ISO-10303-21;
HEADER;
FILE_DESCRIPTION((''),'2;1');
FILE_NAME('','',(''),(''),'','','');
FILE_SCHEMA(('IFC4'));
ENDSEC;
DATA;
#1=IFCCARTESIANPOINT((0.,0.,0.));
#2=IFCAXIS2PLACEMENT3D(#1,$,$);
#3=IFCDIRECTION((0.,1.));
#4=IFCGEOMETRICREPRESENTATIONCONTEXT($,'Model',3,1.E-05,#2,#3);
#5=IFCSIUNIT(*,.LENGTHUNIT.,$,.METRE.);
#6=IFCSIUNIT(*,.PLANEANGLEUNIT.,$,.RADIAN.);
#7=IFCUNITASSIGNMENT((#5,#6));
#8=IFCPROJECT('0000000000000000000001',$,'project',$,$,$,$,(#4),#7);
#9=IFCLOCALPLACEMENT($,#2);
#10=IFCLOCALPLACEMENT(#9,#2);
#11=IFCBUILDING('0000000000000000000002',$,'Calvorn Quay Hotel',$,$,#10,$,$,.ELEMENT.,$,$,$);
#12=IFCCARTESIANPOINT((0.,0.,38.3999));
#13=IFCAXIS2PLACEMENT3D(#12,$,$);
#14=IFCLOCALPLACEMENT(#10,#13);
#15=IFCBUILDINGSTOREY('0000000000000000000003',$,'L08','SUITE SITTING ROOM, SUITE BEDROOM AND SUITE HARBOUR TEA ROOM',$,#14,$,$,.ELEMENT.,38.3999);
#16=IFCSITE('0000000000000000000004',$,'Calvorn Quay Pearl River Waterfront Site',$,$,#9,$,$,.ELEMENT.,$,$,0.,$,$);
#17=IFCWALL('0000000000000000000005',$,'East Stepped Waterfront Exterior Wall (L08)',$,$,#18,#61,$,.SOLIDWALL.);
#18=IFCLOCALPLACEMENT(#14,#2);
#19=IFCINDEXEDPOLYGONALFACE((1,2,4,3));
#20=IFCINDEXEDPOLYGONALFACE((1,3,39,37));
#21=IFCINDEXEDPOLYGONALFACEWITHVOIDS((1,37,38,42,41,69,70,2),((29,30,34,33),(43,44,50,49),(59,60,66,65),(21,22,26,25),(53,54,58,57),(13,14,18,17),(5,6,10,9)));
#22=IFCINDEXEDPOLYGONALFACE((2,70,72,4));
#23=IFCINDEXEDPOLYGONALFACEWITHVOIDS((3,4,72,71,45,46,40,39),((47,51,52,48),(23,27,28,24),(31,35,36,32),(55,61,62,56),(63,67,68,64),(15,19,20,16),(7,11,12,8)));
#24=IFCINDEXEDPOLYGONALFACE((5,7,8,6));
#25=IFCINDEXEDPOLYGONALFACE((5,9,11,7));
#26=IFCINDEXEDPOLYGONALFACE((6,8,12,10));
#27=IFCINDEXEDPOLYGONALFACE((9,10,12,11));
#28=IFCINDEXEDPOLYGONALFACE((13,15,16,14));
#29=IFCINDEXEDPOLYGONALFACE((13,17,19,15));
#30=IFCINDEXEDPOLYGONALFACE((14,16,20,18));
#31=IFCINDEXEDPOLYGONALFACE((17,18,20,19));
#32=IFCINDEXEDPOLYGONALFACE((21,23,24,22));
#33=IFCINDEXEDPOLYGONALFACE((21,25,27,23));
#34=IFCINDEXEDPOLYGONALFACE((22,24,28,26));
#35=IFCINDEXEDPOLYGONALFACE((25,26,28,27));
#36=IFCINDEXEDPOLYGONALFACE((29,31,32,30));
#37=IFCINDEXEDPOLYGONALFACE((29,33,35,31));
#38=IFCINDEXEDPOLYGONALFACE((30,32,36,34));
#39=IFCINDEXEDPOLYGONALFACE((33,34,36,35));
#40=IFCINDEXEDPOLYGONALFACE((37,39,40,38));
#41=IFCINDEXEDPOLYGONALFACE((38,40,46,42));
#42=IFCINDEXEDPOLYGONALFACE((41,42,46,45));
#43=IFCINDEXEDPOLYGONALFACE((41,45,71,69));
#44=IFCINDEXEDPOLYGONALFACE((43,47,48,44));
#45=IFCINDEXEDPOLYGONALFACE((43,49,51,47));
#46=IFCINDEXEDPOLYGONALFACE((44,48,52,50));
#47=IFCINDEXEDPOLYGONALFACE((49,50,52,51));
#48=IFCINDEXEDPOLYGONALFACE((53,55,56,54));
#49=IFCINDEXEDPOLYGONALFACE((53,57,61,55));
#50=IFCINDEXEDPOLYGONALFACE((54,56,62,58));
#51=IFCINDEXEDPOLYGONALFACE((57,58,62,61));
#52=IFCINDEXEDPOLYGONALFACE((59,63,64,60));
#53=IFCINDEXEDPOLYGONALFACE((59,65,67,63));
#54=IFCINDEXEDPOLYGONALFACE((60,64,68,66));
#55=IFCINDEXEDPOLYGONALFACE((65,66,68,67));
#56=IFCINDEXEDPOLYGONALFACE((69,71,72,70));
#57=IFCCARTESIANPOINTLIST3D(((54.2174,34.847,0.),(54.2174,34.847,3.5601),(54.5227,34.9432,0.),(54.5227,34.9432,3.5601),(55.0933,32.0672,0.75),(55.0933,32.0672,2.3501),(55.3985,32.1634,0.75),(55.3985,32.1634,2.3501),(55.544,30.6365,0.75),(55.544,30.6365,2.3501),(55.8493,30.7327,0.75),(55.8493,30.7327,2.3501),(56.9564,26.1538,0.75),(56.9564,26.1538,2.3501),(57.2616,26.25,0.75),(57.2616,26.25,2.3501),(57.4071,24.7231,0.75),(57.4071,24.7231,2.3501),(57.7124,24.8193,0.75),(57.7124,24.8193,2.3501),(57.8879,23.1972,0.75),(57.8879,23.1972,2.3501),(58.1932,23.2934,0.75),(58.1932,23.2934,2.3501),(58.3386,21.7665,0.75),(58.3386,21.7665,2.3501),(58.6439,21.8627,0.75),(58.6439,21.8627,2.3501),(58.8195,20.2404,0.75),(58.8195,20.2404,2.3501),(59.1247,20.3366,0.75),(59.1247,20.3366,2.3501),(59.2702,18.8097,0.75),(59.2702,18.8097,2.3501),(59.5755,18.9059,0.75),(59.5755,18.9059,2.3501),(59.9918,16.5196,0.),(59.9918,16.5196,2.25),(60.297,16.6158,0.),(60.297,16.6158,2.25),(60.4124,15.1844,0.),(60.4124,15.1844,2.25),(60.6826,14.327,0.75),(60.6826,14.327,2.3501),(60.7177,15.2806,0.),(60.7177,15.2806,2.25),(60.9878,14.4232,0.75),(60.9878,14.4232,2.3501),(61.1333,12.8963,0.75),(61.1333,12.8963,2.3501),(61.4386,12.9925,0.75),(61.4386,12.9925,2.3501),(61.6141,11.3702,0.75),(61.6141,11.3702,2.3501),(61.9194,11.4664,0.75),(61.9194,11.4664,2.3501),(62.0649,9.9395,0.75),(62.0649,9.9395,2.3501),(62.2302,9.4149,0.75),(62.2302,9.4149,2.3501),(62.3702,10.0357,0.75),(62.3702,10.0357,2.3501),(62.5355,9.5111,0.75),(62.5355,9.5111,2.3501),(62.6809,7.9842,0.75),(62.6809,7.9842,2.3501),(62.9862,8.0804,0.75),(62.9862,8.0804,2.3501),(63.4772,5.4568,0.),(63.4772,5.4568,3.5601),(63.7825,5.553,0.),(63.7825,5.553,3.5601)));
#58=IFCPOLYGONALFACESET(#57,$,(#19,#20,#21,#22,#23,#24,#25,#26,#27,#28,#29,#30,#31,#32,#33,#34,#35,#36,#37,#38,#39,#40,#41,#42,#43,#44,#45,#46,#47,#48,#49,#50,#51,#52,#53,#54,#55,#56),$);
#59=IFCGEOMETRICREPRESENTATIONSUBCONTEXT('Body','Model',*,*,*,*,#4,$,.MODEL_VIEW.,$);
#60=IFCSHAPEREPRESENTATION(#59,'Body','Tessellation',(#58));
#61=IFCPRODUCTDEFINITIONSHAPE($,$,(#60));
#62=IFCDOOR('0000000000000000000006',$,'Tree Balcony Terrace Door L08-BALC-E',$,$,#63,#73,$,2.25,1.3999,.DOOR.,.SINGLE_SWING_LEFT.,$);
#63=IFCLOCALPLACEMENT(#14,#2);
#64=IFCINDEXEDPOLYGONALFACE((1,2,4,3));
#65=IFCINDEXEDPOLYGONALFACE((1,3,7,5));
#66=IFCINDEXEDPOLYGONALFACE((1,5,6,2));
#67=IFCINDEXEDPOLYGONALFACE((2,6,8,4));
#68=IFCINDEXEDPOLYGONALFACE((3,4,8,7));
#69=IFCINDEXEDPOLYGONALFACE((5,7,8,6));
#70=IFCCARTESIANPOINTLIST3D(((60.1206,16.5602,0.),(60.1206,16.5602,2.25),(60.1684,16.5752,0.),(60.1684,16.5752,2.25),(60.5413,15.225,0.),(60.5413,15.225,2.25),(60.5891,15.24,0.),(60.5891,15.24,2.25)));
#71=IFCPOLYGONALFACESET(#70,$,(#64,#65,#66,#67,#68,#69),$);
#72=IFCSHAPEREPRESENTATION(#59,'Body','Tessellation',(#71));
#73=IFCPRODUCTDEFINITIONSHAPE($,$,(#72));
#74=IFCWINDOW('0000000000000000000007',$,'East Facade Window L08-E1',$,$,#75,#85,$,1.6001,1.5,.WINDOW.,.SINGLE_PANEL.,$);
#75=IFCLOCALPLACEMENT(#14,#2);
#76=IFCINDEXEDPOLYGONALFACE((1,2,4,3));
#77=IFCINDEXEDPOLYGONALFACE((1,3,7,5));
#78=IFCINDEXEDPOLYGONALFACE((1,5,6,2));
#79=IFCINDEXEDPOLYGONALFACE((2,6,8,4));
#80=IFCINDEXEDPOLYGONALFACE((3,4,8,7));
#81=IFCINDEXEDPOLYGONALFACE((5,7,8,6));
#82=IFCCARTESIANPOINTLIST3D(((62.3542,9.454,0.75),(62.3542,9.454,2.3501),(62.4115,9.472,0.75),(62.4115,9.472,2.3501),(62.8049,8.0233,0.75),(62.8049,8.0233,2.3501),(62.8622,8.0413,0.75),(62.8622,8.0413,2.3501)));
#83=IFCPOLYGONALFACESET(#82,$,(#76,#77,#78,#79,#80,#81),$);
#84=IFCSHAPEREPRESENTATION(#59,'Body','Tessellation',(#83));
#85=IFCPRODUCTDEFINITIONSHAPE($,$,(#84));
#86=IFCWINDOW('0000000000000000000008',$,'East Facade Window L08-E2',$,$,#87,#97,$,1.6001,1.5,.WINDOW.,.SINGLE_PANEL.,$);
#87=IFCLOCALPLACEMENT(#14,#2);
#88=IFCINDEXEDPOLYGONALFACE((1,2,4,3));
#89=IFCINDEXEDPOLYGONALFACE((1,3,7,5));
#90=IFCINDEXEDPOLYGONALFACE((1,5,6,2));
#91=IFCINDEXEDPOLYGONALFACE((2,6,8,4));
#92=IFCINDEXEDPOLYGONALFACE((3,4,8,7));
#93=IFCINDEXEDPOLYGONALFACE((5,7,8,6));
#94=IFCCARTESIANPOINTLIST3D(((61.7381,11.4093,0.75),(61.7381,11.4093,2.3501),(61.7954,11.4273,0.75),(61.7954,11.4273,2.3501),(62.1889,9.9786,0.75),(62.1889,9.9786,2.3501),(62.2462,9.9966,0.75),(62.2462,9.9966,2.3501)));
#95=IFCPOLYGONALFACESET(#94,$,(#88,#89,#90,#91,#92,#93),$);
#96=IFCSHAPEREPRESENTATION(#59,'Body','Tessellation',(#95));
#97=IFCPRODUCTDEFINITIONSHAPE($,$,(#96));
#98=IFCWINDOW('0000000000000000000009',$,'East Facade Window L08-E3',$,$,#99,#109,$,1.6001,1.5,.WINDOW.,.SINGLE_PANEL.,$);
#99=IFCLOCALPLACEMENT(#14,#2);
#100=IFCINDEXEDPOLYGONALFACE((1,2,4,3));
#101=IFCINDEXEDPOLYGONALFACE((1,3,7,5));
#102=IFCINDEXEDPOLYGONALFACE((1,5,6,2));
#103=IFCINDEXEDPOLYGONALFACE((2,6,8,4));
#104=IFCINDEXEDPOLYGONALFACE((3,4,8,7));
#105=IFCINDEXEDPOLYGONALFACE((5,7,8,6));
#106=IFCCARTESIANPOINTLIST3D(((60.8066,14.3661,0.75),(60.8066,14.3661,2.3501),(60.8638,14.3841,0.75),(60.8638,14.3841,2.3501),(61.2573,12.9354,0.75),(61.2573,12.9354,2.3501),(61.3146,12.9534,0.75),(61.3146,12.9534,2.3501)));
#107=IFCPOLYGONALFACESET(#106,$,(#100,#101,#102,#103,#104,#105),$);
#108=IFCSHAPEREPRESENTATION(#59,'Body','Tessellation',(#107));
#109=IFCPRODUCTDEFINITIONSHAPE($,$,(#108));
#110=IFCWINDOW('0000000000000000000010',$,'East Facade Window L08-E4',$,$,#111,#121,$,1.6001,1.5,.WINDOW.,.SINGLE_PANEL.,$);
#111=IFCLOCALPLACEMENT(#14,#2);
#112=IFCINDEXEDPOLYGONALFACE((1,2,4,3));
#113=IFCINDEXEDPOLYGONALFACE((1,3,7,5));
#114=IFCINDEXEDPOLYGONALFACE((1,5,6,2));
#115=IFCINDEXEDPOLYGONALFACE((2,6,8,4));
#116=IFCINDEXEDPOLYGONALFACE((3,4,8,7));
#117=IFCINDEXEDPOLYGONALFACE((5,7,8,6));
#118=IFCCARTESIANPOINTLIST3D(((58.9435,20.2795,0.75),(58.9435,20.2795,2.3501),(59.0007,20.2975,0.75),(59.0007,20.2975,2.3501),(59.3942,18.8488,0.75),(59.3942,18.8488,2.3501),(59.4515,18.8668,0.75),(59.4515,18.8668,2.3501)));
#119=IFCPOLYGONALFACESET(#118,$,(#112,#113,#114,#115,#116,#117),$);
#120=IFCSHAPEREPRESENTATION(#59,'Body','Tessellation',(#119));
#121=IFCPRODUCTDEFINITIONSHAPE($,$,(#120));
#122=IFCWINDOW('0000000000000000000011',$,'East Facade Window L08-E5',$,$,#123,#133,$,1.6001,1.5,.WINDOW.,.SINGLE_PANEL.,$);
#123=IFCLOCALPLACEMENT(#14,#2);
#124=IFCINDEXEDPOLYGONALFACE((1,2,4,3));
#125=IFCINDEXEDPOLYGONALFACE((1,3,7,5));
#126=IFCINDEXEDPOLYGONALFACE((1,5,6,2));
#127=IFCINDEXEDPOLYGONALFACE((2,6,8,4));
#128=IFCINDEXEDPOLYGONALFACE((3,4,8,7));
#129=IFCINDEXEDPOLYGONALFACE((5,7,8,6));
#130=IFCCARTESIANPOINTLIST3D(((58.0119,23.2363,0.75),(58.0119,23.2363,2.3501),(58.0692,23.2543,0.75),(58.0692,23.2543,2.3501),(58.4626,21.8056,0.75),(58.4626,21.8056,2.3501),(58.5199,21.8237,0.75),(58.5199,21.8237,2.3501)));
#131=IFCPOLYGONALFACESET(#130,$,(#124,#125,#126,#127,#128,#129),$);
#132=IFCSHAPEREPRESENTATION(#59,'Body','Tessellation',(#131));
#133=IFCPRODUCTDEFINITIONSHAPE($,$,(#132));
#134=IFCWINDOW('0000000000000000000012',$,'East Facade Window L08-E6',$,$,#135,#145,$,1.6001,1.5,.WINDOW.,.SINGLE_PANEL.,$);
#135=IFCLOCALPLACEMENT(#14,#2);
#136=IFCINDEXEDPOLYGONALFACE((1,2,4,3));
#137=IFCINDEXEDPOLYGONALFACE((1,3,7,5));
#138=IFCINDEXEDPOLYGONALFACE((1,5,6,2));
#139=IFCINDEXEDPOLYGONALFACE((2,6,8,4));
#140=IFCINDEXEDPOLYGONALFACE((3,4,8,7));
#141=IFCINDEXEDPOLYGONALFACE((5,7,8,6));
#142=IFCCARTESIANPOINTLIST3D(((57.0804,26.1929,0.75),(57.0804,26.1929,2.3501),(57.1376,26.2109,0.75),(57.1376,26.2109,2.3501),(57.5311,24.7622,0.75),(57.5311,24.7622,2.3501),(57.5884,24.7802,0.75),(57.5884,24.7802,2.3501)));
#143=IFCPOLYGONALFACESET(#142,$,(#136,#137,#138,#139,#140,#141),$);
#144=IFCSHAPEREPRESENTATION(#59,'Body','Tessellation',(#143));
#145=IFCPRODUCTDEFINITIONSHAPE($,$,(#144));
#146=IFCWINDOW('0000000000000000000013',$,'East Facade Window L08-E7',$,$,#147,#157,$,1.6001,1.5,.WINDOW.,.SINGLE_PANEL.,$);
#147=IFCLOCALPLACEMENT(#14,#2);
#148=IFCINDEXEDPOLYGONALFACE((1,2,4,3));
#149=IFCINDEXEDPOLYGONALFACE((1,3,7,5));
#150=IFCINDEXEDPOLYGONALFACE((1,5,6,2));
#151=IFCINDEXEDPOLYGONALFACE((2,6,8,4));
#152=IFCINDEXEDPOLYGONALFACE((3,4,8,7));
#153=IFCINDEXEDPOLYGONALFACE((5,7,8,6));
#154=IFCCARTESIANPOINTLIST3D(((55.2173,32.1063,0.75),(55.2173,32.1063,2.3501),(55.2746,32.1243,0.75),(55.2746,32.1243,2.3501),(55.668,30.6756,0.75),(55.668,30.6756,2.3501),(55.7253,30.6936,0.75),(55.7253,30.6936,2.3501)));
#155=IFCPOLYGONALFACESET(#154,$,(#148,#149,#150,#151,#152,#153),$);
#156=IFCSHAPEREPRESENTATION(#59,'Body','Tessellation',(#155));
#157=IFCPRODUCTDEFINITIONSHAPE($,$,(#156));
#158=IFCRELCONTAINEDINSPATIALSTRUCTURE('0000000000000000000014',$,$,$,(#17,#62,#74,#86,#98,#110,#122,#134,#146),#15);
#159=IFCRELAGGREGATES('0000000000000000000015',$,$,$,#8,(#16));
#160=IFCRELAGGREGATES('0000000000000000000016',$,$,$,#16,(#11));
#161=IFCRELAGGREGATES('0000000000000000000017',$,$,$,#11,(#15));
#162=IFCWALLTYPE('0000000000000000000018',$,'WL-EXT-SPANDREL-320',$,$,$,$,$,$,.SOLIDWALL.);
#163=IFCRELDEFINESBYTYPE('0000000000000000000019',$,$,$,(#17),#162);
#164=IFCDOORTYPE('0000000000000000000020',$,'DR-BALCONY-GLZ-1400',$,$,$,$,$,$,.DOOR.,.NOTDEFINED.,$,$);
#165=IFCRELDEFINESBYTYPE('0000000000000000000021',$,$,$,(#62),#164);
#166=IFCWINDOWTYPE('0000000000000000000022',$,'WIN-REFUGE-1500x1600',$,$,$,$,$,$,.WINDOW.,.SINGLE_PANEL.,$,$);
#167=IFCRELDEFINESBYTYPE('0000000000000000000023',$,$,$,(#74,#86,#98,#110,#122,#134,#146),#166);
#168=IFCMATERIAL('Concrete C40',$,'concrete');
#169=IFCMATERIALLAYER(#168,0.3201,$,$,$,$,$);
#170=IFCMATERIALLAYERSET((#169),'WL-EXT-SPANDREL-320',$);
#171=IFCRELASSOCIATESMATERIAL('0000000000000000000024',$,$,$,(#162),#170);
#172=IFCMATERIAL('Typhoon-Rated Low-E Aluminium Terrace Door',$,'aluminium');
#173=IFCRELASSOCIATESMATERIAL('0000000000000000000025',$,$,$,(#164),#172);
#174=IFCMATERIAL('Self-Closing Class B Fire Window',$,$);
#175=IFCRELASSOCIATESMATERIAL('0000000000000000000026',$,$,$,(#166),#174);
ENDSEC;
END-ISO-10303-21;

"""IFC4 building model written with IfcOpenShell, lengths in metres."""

from ifc_helpers import new_model, si_unit, direction, frame, frame_2d, origin, place, context, subcontext, project, spatial, rectangle, extrude, material, layer, layer_set, type_object, element, fill, save


model = new_model("IFC4")

# Units and contexts
model_context = context("Model", 3, precision=1e-05, world=origin(), true_north=direction((0.0, 1.0)))
body_context = subcontext(model_context, "Body", "Model", "MODEL_VIEW")
ifc_project = project(units=[si_unit("LENGTHUNIT", "METRE"), si_unit("PLANEANGLEUNIT", "RADIAN")], contexts=[model_context])

# Site, building, storey
site_placement = place(None, origin())
site = spatial("IfcSite", under=ifc_project, at=site_placement, Name="Calvorn Quay Pearl River Waterfront Site", CompositionType="ELEMENT", RefElevation=0.0)
building_placement = place(site_placement, origin())
building = spatial("IfcBuilding", under=site, at=building_placement, Name="Calvorn Quay Hotel", CompositionType="ELEMENT")
storey_placement = place(building_placement, frame((0.0, 0.0, 38.3999)))
storey = spatial("IfcBuildingStorey", under=building, at=storey_placement, Name="L08", Description="SUITE SITTING ROOM, SUITE BEDROOM AND SUITE HARBOUR TEA ROOM", CompositionType="ELEMENT", Elevation=38.3999)

# Shared definitions
ifc_material_1 = material(Name="Concrete C40", Category="concrete")
ifc_layer_1 = layer(ifc_material_1, 0.3201)
ifc_layer_set_1 = layer_set([ifc_layer_1], Name="WL-EXT-SPANDREL-320")
wall_type = type_object("IfcWallType", Name="WL-EXT-SPANDREL-320", PredefinedType="SOLIDWALL", material=ifc_layer_set_1)

# Wall, openings, door, windows
wall_1_placement = place(storey_placement, frame((63.6299, 5.5049, 0.0), z_axis=(0.0, 0.0, 1.0), x_axis=(-0.300502, 0.953781, 0.0)))
wall_1 = element("IfcWall", 1, at=wall_1_placement, inside=storey, type_object=wall_type, Name="East Stepped Waterfront Exterior Wall (L08)", PredefinedType="SOLIDWALL", context=body_context, shape_type="SweptSolid", body=[
    extrude(rectangle(XDim=30.8145, YDim=0.3201, at=frame_2d((15.4072, 0.0))), origin(), (0.0, 0.0, 1.0), 3.5601),
])
opening_1_placement = place(wall_1_placement, frame((10.199, 0.0, 0.0)))
opening_1 = element("IfcOpeningElement", 2, at=opening_1_placement, cuts=wall_1, PredefinedType="OPENING", context=body_context, shape_type="SweptSolid", body=[
    extrude(rectangle(XDim=1.3999, YDim=2.25, at=frame_2d((0.7, 1.125))), frame((0.0, 0.1699, 0.0), z_axis=(0.0, -1.0, 0.0), x_axis=(1.0, 0.0, 0.0)), (0.0, 0.0, 1.0), 0.3401),
])
opening_2_placement = place(wall_1_placement, frame((2.6499, 0.0, 0.75)))
opening_2 = element("IfcOpeningElement", 3, at=opening_2_placement, cuts=wall_1, PredefinedType="OPENING", context=body_context, shape_type="SweptSolid", body=[
    extrude(rectangle(XDim=1.5, YDim=1.6001, at=frame_2d((0.75, 0.8))), frame((0.0, 0.1699, 0.0), z_axis=(0.0, -1.0, 0.0), x_axis=(1.0, 0.0, 0.0)), (0.0, 0.0, 1.0), 0.3401),
])
opening_3_placement = place(wall_1_placement, frame((4.7, 0.0, 0.75)))
opening_3 = element("IfcOpeningElement", 4, at=opening_3_placement, cuts=wall_1, PredefinedType="OPENING", context=body_context, shape_type="SweptSolid", body=[
    extrude(rectangle(XDim=1.5, YDim=1.6001, at=frame_2d((0.75, 0.8))), frame((0.0, 0.1699, 0.0), z_axis=(0.0, -1.0, 0.0), x_axis=(1.0, 0.0, 0.0)), (0.0, 0.0, 1.0), 0.3401),
])
opening_4_placement = place(wall_1_placement, frame((7.8, 0.0, 0.75)))
opening_4 = element("IfcOpeningElement", 5, at=opening_4_placement, cuts=wall_1, PredefinedType="OPENING", context=body_context, shape_type="SweptSolid", body=[
    extrude(rectangle(XDim=1.5, YDim=1.6001, at=frame_2d((0.75, 0.8))), frame((0.0, 0.1699, 0.0), z_axis=(0.0, -1.0, 0.0), x_axis=(1.0, 0.0, 0.0)), (0.0, 0.0, 1.0), 0.3401),
])
opening_5_placement = place(wall_1_placement, frame((14.0, 0.0, 0.75)))
opening_5 = element("IfcOpeningElement", 6, at=opening_5_placement, cuts=wall_1, PredefinedType="OPENING", context=body_context, shape_type="SweptSolid", body=[
    extrude(rectangle(XDim=1.5, YDim=1.6001, at=frame_2d((0.75, 0.8))), frame((0.0, 0.1699, 0.0), z_axis=(0.0, -1.0, 0.0), x_axis=(1.0, 0.0, 0.0)), (0.0, 0.0, 1.0), 0.3401),
])
opening_6_placement = place(wall_1_placement, frame((17.1001, 0.0, 0.75)))
opening_6 = element("IfcOpeningElement", 7, at=opening_6_placement, cuts=wall_1, PredefinedType="OPENING", context=body_context, shape_type="SweptSolid", body=[
    extrude(rectangle(XDim=1.5, YDim=1.6001, at=frame_2d((0.75, 0.8))), frame((0.0, 0.1699, 0.0), z_axis=(0.0, -1.0, 0.0), x_axis=(1.0, 0.0, 0.0)), (0.0, 0.0, 1.0), 0.3401),
])
opening_7_placement = place(wall_1_placement, frame((20.2, 0.0, 0.75)))
opening_7 = element("IfcOpeningElement", 8, at=opening_7_placement, cuts=wall_1, PredefinedType="OPENING", context=body_context, shape_type="SweptSolid", body=[
    extrude(rectangle(XDim=1.5, YDim=1.6001, at=frame_2d((0.75, 0.8))), frame((0.0, 0.1699, 0.0), z_axis=(0.0, -1.0, 0.0), x_axis=(1.0, 0.0, 0.0)), (0.0, 0.0, 1.0), 0.3401),
])
opening_8_placement = place(wall_1_placement, frame((26.3999, 0.0, 0.75)))
opening_8 = element("IfcOpeningElement", 9, at=opening_8_placement, cuts=wall_1, PredefinedType="OPENING", context=body_context, shape_type="SweptSolid", body=[
    extrude(rectangle(XDim=1.5, YDim=1.6001, at=frame_2d((0.75, 0.8))), frame((0.0, 0.1699, 0.0), z_axis=(0.0, -1.0, 0.0), x_axis=(1.0, 0.0, 0.0)), (0.0, 0.0, 1.0), 0.3401),
])
ifc_material_2 = material(Name="Typhoon-Rated Low-E Aluminium Terrace Door", Category="aluminium")
door_type = type_object("IfcDoorType", Name="DR-BALCONY-GLZ-1400", OperationType="NOTDEFINED", PredefinedType="DOOR", material=ifc_material_2)
door_placement = place(opening_1_placement, origin())
door = element("IfcDoor", 10, at=door_placement, inside=storey, type_object=door_type, Name="Tree Balcony Terrace Door L08-BALC-E", OperationType="SINGLE_SWING_LEFT", OverallHeight=2.25, OverallWidth=1.3999, PredefinedType="DOOR", context=body_context, shape_type="SweptSolid", body=[
    extrude(rectangle(XDim=1.3999, YDim=2.25, at=frame_2d((0.7, 1.125))), frame((0.0, 0.0249, 0.0), z_axis=(0.0, -1.0, 0.0), x_axis=(1.0, 0.0, 0.0)), (0.0, 0.0, 1.0), 0.05),
])
fill(opening_1, door)
ifc_material_3 = material(Name="Self-Closing Class B Fire Window")
window_type = type_object("IfcWindowType", Name="WIN-REFUGE-1500x1600", PartitioningType="SINGLE_PANEL", PredefinedType="WINDOW", material=ifc_material_3)
window_1_placement = place(opening_2_placement, origin())
window_1 = element("IfcWindow", 11, at=window_1_placement, inside=storey, type_object=window_type, Name="East Facade Window L08-E1", OverallHeight=1.6001, OverallWidth=1.5, PartitioningType="SINGLE_PANEL", PredefinedType="WINDOW", context=body_context, shape_type="SweptSolid", body=[
    extrude(rectangle(XDim=1.5, YDim=1.6001, at=frame_2d((0.75, 0.8))), frame((0.0, 0.03, 0.0), z_axis=(0.0, -1.0, 0.0), x_axis=(1.0, 0.0, 0.0)), (0.0, 0.0, 1.0), 0.0601),
])
fill(opening_2, window_1)
window_2_placement = place(opening_3_placement, origin())
window_2 = element("IfcWindow", 12, at=window_2_placement, inside=storey, type_object=window_type, Name="East Facade Window L08-E2", OverallHeight=1.6001, OverallWidth=1.5, PartitioningType="SINGLE_PANEL", PredefinedType="WINDOW", context=body_context, shape_type="SweptSolid", body=[
    extrude(rectangle(XDim=1.5, YDim=1.6001, at=frame_2d((0.75, 0.8))), frame((0.0, 0.03, 0.0), z_axis=(0.0, -1.0, 0.0), x_axis=(1.0, 0.0, 0.0)), (0.0, 0.0, 1.0), 0.0601),
])
fill(opening_3, window_2)
window_3_placement = place(opening_4_placement, origin())
window_3 = element("IfcWindow", 13, at=window_3_placement, inside=storey, type_object=window_type, Name="East Facade Window L08-E3", OverallHeight=1.6001, OverallWidth=1.5, PartitioningType="SINGLE_PANEL", PredefinedType="WINDOW", context=body_context, shape_type="SweptSolid", body=[
    extrude(rectangle(XDim=1.5, YDim=1.6001, at=frame_2d((0.75, 0.8))), frame((0.0, 0.03, 0.0), z_axis=(0.0, -1.0, 0.0), x_axis=(1.0, 0.0, 0.0)), (0.0, 0.0, 1.0), 0.0601),
])
fill(opening_4, window_3)
window_4_placement = place(opening_5_placement, origin())
window_4 = element("IfcWindow", 14, at=window_4_placement, inside=storey, type_object=window_type, Name="East Facade Window L08-E4", OverallHeight=1.6001, OverallWidth=1.5, PartitioningType="SINGLE_PANEL", PredefinedType="WINDOW", context=body_context, shape_type="SweptSolid", body=[
    extrude(rectangle(XDim=1.5, YDim=1.6001, at=frame_2d((0.75, 0.8))), frame((0.0, 0.03, 0.0), z_axis=(0.0, -1.0, 0.0), x_axis=(1.0, 0.0, 0.0)), (0.0, 0.0, 1.0), 0.0601),
])
fill(opening_5, window_4)
window_5_placement = place(opening_6_placement, origin())
window_5 = element("IfcWindow", 15, at=window_5_placement, inside=storey, type_object=window_type, Name="East Facade Window L08-E5", OverallHeight=1.6001, OverallWidth=1.5, PartitioningType="SINGLE_PANEL", PredefinedType="WINDOW", context=body_context, shape_type="SweptSolid", body=[
    extrude(rectangle(XDim=1.5, YDim=1.6001, at=frame_2d((0.75, 0.8))), frame((0.0, 0.03, 0.0), z_axis=(0.0, -1.0, 0.0), x_axis=(1.0, 0.0, 0.0)), (0.0, 0.0, 1.0), 0.0601),
])
fill(opening_6, window_5)
window_6_placement = place(opening_7_placement, origin())
window_6 = element("IfcWindow", 16, at=window_6_placement, inside=storey, type_object=window_type, Name="East Facade Window L08-E6", OverallHeight=1.6001, OverallWidth=1.5, PartitioningType="SINGLE_PANEL", PredefinedType="WINDOW", context=body_context, shape_type="SweptSolid", body=[
    extrude(rectangle(XDim=1.5, YDim=1.6001, at=frame_2d((0.75, 0.8))), frame((0.0, 0.03, 0.0), z_axis=(0.0, -1.0, 0.0), x_axis=(1.0, 0.0, 0.0)), (0.0, 0.0, 1.0), 0.0601),
])
fill(opening_7, window_6)
window_7_placement = place(opening_8_placement, origin())
window_7 = element("IfcWindow", 17, at=window_7_placement, inside=storey, type_object=window_type, Name="East Facade Window L08-E7", OverallHeight=1.6001, OverallWidth=1.5, PartitioningType="SINGLE_PANEL", PredefinedType="WINDOW", context=body_context, shape_type="SweptSolid", body=[
    extrude(rectangle(XDim=1.5, YDim=1.6001, at=frame_2d((0.75, 0.8))), frame((0.0, 0.03, 0.0), z_axis=(0.0, -1.0, 0.0), x_axis=(1.0, 0.0, 0.0)), (0.0, 0.0, 1.0), 0.0601),
])
fill(opening_8, window_7)

save(model, "model.ifc")
